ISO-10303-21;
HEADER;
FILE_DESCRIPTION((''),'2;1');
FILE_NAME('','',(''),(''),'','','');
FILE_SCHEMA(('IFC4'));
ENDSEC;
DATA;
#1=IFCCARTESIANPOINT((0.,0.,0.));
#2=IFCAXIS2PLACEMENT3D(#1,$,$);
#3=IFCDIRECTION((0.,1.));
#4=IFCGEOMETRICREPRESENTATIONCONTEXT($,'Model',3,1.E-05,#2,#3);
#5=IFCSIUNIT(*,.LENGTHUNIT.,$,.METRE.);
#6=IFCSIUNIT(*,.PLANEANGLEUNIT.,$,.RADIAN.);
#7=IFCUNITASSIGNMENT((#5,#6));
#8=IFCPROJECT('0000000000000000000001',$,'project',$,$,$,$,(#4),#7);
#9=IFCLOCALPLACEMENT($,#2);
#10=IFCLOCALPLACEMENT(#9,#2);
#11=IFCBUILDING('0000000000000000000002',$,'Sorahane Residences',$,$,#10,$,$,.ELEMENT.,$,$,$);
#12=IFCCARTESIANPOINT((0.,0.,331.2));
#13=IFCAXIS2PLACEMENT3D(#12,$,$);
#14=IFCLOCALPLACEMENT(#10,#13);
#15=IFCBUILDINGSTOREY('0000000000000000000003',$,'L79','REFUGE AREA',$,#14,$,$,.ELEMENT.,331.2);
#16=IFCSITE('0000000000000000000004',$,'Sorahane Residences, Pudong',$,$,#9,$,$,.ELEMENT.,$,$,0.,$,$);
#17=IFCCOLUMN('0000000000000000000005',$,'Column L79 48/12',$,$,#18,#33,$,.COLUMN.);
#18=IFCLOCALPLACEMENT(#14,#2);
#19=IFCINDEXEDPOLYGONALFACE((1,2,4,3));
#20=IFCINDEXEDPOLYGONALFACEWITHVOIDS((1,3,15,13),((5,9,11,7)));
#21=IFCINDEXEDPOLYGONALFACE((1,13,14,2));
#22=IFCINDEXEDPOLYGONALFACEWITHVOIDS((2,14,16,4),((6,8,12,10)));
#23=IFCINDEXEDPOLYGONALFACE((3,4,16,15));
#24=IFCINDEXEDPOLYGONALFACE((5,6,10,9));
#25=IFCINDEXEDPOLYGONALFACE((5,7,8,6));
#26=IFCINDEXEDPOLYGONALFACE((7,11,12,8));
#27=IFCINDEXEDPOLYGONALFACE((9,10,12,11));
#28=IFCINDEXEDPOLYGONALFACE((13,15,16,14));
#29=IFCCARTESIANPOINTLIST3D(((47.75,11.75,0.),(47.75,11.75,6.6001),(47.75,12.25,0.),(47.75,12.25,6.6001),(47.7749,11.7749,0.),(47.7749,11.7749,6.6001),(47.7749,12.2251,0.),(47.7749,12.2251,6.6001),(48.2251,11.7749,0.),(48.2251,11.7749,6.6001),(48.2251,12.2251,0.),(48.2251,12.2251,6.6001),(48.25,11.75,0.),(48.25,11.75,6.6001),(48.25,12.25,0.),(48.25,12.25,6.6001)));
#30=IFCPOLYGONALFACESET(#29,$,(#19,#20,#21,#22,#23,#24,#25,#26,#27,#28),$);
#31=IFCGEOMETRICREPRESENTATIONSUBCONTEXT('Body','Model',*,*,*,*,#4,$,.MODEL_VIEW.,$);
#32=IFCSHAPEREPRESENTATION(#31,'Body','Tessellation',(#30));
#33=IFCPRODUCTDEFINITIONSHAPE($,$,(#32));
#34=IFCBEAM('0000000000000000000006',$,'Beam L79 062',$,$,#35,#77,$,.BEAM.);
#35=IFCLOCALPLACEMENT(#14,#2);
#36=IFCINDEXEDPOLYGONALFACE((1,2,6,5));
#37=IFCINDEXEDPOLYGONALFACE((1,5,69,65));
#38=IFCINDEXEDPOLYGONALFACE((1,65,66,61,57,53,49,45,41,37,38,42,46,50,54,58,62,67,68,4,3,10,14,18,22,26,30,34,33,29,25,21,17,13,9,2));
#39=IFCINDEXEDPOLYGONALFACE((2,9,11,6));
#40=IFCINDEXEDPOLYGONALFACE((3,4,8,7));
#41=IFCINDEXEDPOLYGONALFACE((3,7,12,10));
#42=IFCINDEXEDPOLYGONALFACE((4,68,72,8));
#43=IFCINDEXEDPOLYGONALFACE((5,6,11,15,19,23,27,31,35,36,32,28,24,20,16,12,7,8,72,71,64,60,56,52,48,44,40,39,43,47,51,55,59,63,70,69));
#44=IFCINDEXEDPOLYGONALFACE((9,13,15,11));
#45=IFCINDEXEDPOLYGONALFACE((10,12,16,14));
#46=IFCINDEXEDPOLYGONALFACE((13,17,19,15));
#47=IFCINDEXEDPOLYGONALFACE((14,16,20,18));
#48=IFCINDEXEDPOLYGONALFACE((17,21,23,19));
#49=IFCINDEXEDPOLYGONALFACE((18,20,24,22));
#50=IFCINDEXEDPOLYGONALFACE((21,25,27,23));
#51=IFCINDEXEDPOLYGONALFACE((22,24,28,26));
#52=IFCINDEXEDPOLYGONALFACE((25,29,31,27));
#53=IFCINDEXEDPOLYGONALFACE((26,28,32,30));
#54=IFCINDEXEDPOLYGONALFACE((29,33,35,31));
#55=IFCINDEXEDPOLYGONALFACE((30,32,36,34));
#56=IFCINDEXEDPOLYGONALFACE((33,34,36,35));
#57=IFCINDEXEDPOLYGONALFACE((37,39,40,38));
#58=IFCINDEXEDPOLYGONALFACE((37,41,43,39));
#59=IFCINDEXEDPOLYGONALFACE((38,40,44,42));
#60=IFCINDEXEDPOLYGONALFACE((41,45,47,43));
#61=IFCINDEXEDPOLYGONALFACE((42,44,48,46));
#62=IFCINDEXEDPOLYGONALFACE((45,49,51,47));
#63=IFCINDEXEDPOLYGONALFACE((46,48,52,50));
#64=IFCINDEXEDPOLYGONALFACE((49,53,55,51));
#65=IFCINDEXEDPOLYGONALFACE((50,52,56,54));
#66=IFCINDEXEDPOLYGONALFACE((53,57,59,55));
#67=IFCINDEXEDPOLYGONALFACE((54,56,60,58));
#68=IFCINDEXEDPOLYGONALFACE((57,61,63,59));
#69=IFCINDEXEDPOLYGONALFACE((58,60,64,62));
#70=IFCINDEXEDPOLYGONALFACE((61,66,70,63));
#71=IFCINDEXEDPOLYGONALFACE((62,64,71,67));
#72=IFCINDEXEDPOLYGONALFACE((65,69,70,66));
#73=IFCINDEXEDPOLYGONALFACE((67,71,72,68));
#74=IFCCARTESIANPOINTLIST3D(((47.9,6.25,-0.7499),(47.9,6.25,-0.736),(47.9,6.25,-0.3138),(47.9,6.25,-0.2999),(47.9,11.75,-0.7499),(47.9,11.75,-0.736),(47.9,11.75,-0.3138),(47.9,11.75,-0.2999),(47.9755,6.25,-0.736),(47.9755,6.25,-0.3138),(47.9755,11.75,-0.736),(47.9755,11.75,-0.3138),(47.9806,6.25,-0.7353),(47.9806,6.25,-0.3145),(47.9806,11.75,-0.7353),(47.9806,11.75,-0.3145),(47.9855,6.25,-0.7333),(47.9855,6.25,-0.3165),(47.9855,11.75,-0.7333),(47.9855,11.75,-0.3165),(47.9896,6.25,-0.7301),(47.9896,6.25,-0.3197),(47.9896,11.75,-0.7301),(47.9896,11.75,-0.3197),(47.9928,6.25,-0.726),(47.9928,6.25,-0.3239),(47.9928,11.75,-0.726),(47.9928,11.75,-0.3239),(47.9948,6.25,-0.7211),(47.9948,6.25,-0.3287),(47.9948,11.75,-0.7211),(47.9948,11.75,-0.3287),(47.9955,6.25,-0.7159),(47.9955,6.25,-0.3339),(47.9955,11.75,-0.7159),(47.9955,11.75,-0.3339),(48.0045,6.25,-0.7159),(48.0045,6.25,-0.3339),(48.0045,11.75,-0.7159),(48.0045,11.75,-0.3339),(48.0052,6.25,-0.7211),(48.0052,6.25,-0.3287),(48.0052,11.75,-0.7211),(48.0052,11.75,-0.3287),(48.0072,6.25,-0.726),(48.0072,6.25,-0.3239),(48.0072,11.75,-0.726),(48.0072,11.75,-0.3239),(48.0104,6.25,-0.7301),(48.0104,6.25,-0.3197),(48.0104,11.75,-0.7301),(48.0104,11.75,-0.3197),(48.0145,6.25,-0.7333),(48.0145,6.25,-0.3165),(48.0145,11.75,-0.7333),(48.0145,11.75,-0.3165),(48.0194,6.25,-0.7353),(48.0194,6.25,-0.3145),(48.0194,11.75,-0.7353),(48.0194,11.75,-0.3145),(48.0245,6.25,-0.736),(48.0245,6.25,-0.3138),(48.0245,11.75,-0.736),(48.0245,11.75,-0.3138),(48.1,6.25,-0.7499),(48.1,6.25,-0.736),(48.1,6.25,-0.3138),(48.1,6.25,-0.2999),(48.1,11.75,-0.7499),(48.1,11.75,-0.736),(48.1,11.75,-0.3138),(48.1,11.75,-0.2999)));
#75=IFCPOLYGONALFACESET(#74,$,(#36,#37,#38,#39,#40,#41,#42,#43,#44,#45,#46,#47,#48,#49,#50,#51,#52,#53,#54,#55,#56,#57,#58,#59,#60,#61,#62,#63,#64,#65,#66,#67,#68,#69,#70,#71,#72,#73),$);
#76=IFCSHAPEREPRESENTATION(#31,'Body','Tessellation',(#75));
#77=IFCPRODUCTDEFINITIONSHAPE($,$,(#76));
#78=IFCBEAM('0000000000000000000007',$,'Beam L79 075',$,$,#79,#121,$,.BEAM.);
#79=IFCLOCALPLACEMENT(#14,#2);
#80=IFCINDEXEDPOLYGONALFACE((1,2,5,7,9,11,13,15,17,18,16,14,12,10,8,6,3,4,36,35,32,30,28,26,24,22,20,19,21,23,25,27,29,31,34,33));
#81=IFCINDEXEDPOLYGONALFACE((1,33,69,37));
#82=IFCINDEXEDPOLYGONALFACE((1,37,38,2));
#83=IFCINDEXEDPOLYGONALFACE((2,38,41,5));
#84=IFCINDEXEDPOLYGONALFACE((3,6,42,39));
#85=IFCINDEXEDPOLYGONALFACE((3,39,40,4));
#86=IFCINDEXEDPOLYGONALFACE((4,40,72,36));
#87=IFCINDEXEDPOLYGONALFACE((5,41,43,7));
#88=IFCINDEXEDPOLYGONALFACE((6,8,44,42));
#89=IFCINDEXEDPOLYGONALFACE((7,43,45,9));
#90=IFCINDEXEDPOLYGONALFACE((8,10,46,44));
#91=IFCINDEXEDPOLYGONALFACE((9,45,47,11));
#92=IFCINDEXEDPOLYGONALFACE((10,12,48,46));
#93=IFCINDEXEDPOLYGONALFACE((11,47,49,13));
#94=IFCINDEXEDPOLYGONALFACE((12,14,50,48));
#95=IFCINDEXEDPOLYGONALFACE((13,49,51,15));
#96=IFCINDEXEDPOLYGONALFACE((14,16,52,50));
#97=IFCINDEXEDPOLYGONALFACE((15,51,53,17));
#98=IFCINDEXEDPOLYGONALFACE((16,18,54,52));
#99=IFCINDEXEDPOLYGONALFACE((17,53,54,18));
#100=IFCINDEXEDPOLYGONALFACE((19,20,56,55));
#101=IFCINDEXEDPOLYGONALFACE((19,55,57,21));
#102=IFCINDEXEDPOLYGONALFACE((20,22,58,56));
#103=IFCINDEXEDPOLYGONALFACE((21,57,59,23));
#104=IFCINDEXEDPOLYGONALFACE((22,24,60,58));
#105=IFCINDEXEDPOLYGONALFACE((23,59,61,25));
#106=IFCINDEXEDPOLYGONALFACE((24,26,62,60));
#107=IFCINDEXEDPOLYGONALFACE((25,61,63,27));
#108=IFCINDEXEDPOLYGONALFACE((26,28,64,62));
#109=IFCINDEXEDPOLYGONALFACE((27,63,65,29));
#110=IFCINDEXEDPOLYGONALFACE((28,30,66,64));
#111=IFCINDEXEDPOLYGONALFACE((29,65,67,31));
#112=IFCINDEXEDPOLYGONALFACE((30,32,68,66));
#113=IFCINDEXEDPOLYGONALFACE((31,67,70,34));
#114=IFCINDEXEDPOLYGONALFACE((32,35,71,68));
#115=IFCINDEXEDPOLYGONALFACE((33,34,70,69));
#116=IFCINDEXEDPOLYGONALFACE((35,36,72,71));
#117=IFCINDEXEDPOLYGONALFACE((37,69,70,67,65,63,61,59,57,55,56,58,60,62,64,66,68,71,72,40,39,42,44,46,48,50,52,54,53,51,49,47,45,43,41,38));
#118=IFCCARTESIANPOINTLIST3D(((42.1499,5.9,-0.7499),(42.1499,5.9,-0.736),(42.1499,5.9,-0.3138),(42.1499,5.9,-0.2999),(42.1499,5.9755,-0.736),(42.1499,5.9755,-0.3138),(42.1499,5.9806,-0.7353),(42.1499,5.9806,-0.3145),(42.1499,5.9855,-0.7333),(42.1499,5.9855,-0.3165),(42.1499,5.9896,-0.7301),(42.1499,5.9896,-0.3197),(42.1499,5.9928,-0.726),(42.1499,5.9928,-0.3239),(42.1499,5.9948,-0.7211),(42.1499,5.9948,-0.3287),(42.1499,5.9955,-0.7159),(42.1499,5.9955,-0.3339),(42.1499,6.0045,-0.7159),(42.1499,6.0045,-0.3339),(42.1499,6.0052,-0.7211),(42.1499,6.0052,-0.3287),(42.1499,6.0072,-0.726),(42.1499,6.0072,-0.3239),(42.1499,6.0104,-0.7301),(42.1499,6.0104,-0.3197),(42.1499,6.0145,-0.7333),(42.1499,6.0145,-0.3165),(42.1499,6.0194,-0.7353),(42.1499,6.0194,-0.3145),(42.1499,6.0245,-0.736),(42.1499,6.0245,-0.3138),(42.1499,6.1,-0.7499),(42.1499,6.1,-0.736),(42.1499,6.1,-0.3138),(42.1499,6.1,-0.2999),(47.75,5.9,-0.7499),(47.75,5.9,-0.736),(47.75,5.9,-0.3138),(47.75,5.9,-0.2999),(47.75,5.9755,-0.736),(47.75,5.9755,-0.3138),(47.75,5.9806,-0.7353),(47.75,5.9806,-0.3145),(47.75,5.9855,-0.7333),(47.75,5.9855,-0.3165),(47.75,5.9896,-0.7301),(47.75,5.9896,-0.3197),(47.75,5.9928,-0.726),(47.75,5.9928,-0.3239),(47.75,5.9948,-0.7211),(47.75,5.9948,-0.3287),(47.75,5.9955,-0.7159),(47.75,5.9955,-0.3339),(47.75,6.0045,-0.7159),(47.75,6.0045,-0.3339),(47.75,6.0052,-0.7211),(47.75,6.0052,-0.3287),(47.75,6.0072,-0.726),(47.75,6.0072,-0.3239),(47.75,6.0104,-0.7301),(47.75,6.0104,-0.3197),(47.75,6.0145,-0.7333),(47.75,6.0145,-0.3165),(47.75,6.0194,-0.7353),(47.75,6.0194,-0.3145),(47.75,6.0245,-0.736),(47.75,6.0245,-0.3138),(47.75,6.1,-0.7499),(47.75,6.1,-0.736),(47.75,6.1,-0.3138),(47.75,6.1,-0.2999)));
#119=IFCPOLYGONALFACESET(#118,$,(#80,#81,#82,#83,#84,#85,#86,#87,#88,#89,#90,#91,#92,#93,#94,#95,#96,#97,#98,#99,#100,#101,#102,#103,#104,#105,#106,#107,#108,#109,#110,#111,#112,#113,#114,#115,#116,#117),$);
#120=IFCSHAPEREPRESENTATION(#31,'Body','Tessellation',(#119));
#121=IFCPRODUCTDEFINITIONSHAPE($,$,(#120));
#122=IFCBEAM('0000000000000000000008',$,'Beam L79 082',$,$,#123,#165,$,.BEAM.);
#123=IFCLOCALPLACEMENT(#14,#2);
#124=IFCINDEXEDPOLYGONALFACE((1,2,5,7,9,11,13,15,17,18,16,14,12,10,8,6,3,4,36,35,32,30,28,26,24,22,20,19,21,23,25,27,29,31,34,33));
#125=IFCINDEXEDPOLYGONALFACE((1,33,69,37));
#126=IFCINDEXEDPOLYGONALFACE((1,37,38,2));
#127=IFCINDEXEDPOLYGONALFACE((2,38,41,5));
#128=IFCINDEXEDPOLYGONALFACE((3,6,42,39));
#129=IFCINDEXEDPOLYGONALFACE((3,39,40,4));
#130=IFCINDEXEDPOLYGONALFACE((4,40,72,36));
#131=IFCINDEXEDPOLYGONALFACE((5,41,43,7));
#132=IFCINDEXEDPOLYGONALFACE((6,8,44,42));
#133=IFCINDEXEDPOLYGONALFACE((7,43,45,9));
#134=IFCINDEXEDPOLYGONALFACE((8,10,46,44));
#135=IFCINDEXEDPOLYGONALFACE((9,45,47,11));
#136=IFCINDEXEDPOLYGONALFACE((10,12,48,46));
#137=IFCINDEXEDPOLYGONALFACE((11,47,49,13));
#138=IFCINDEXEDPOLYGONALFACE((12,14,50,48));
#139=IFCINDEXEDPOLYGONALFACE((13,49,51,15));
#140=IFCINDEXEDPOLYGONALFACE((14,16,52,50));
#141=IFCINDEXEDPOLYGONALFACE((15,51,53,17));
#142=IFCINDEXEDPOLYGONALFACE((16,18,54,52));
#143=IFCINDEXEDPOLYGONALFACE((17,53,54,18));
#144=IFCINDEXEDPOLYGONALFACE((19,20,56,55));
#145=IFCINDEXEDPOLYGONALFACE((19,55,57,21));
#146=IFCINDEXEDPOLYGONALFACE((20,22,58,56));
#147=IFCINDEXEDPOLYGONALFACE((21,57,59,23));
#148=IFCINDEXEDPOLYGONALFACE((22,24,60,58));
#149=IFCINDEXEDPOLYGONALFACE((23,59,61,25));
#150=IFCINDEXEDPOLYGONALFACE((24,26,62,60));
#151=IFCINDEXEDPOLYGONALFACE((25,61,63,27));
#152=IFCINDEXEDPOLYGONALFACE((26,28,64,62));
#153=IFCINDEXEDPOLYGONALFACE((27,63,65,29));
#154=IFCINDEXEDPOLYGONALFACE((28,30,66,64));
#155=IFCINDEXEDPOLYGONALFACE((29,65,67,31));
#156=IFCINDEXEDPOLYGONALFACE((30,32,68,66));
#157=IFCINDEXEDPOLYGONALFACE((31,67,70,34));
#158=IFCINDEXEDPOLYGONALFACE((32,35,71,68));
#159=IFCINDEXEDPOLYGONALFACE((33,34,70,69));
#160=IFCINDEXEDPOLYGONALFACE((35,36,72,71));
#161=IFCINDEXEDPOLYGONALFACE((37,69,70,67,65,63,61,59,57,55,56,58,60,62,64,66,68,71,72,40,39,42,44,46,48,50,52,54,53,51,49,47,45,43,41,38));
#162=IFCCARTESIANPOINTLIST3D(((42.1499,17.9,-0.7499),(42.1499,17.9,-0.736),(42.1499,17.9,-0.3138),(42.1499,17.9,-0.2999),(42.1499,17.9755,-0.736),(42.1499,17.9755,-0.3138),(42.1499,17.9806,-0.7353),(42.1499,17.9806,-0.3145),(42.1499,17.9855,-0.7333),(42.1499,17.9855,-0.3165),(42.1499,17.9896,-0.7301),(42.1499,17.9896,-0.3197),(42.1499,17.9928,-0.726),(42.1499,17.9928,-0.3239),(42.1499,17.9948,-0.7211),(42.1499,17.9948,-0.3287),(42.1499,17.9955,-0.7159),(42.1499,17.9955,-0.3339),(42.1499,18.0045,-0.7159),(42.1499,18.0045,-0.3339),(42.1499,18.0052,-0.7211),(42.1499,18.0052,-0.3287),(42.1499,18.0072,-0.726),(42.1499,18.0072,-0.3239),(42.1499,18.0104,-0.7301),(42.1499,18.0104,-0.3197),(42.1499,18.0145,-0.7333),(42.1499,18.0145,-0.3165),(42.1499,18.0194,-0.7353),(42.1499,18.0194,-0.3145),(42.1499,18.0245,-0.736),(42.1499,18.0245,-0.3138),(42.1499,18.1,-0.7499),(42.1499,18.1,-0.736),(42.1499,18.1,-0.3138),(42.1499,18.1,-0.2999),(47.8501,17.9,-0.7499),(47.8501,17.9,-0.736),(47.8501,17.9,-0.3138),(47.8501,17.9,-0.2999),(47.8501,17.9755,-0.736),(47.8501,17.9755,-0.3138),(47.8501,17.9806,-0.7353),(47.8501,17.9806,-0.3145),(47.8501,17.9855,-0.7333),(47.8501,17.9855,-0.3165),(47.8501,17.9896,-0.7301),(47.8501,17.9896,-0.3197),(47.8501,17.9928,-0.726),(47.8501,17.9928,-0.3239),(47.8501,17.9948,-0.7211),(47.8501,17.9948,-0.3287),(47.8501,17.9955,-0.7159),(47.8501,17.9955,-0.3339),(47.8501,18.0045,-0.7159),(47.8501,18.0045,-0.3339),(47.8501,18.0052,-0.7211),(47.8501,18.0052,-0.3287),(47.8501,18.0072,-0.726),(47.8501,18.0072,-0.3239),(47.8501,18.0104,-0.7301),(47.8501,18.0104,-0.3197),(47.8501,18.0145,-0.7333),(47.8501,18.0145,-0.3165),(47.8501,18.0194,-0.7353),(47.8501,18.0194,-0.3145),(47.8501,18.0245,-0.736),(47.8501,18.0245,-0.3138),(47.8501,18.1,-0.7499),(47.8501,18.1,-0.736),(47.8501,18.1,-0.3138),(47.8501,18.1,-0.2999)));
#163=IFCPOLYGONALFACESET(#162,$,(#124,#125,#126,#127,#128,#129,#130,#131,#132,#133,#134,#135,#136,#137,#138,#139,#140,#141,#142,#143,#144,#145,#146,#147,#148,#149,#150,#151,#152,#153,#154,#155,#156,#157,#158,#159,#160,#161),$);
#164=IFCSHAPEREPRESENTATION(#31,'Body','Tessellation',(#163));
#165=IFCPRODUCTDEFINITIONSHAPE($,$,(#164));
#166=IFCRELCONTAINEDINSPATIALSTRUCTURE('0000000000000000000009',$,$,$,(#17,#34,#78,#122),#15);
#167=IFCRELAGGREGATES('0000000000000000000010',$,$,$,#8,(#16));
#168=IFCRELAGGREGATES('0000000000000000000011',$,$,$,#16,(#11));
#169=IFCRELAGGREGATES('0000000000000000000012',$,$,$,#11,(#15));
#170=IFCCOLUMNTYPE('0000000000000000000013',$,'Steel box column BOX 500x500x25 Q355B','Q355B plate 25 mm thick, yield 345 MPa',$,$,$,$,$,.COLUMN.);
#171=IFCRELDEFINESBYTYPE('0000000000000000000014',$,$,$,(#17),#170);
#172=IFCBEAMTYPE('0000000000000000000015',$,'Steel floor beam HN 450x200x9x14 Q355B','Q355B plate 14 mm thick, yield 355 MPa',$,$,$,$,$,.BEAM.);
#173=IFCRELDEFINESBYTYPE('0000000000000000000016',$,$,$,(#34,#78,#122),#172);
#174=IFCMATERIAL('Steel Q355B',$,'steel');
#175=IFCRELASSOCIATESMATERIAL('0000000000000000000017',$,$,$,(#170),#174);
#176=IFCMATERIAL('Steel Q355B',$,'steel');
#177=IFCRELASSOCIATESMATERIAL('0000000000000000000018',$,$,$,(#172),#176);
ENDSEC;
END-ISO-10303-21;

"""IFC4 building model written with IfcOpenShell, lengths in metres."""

from ifc_helpers import new_model, si_unit, direction, frame, origin, origin_2d, place, context, subcontext, project, spatial, hollow_rectangle, i_section, extrude, material, material_profile, profile_set, type_object, element, save


model = new_model("IFC4")

# Units and contexts
model_context = context("Model", 3, precision=1e-05, world=origin(), true_north=direction((0.0, 1.0)))
body_context = subcontext(model_context, "Body", "Model", "MODEL_VIEW")
ifc_project = project(units=[si_unit("LENGTHUNIT", "METRE"), si_unit("PLANEANGLEUNIT", "RADIAN")], contexts=[model_context])

# Site, building, storey
site_placement = place(None, origin())
site = spatial("IfcSite", under=ifc_project, at=site_placement, Name="Sorahane Residences, Pudong", CompositionType="ELEMENT", RefElevation=0.0)
building_placement = place(site_placement, origin())
building = spatial("IfcBuilding", under=site, at=building_placement, Name="Sorahane Residences", CompositionType="ELEMENT")
storey_placement = place(building_placement, frame((0.0, 0.0, 331.2)))
storey = spatial("IfcBuildingStorey", under=building, at=storey_placement, Name="L79", Description="REFUGE AREA", CompositionType="ELEMENT", Elevation=331.2)

# Column
ifc_material_1 = material(Name="Steel Q355B", Category="steel")
ifc_material_profile_1 = material_profile(ifc_material_1, hollow_rectangle(XDim=0.5, YDim=0.5, WallThickness=0.0249, at=origin_2d()), Name="BOX 500x500x25")
ifc_profile_set_1 = profile_set([ifc_material_profile_1], Name="Steel Q355B")
column_type = type_object("IfcColumnType", Name="Steel box column BOX 500x500x25 Q355B", Description="Q355B plate 25 mm thick, yield 345 MPa", PredefinedType="COLUMN", material=ifc_profile_set_1)
column_placement = place(storey_placement, frame((48.0, 12.0, 0.0), z_axis=(0.0, 0.0, 1.0), x_axis=(1.0, 0.0, 0.0)))
element("IfcColumn", 1, at=column_placement, inside=storey, type_object=column_type, Name="Column L79 48/12", PredefinedType="COLUMN", context=body_context, shape_type="SweptSolid", body=[
    extrude(hollow_rectangle(XDim=0.5, YDim=0.5, WallThickness=0.0249, at=origin_2d()), origin(), (0.0, 0.0, 1.0), 6.6001),
])

# Beams
ifc_material_2 = material(Name="Steel Q355B", Category="steel")
ifc_material_profile_2 = material_profile(ifc_material_2, i_section(OverallWidth=0.2, OverallDepth=0.45, WebThickness=0.009, FlangeThickness=0.0139, FilletRadius=0.02, at=origin_2d()), Name="HN 450x200x9x14")
ifc_profile_set_2 = profile_set([ifc_material_profile_2], Name="Steel Q355B")
beam_type_1 = type_object("IfcBeamType", Name="Steel floor beam HN 450x200x9x14 Q355B", Description="Q355B plate 14 mm thick, yield 355 MPa", PredefinedType="BEAM", material=ifc_profile_set_2)
beam_1_placement = place(storey_placement, frame((48.0, 6.25, -0.5249), z_axis=(0.0, 1.0, 0.0), x_axis=(-1.0, 0.0, 0.0)))
element("IfcBeam", 2, at=beam_1_placement, inside=storey, type_object=beam_type_1, Name="Beam L79 062", PredefinedType="BEAM", context=body_context, shape_type="SweptSolid", body=[
    extrude(i_section(OverallWidth=0.2, OverallDepth=0.45, WebThickness=0.009, FlangeThickness=0.0139, FilletRadius=0.02, at=origin_2d()), origin(), (0.0, 0.0, 1.0), 5.5),
])
beam_2_placement = place(storey_placement, frame((42.1499, 6.0, -0.5249), z_axis=(1.0, 0.0, 0.0), x_axis=(0.0, 1.0, 0.0)))
element("IfcBeam", 3, at=beam_2_placement, inside=storey, type_object=beam_type_1, Name="Beam L79 075", PredefinedType="BEAM", context=body_context, shape_type="SweptSolid", body=[
    extrude(i_section(OverallWidth=0.2, OverallDepth=0.45, WebThickness=0.009, FlangeThickness=0.0139, FilletRadius=0.02, at=origin_2d()), origin(), (0.0, 0.0, 1.0), 5.6001),
])
beam_3_placement = place(storey_placement, frame((42.1499, 18.0, -0.5249), z_axis=(1.0, 0.0, 0.0), x_axis=(0.0, 1.0, 0.0)))
element("IfcBeam", 4, at=beam_3_placement, inside=storey, type_object=beam_type_1, Name="Beam L79 082", PredefinedType="BEAM", context=body_context, shape_type="SweptSolid", body=[
    extrude(i_section(OverallWidth=0.2, OverallDepth=0.45, WebThickness=0.009, FlangeThickness=0.0139, FilletRadius=0.02, at=origin_2d()), origin(), (0.0, 0.0, 1.0), 5.7002),
])

save(model, "model.ifc")
